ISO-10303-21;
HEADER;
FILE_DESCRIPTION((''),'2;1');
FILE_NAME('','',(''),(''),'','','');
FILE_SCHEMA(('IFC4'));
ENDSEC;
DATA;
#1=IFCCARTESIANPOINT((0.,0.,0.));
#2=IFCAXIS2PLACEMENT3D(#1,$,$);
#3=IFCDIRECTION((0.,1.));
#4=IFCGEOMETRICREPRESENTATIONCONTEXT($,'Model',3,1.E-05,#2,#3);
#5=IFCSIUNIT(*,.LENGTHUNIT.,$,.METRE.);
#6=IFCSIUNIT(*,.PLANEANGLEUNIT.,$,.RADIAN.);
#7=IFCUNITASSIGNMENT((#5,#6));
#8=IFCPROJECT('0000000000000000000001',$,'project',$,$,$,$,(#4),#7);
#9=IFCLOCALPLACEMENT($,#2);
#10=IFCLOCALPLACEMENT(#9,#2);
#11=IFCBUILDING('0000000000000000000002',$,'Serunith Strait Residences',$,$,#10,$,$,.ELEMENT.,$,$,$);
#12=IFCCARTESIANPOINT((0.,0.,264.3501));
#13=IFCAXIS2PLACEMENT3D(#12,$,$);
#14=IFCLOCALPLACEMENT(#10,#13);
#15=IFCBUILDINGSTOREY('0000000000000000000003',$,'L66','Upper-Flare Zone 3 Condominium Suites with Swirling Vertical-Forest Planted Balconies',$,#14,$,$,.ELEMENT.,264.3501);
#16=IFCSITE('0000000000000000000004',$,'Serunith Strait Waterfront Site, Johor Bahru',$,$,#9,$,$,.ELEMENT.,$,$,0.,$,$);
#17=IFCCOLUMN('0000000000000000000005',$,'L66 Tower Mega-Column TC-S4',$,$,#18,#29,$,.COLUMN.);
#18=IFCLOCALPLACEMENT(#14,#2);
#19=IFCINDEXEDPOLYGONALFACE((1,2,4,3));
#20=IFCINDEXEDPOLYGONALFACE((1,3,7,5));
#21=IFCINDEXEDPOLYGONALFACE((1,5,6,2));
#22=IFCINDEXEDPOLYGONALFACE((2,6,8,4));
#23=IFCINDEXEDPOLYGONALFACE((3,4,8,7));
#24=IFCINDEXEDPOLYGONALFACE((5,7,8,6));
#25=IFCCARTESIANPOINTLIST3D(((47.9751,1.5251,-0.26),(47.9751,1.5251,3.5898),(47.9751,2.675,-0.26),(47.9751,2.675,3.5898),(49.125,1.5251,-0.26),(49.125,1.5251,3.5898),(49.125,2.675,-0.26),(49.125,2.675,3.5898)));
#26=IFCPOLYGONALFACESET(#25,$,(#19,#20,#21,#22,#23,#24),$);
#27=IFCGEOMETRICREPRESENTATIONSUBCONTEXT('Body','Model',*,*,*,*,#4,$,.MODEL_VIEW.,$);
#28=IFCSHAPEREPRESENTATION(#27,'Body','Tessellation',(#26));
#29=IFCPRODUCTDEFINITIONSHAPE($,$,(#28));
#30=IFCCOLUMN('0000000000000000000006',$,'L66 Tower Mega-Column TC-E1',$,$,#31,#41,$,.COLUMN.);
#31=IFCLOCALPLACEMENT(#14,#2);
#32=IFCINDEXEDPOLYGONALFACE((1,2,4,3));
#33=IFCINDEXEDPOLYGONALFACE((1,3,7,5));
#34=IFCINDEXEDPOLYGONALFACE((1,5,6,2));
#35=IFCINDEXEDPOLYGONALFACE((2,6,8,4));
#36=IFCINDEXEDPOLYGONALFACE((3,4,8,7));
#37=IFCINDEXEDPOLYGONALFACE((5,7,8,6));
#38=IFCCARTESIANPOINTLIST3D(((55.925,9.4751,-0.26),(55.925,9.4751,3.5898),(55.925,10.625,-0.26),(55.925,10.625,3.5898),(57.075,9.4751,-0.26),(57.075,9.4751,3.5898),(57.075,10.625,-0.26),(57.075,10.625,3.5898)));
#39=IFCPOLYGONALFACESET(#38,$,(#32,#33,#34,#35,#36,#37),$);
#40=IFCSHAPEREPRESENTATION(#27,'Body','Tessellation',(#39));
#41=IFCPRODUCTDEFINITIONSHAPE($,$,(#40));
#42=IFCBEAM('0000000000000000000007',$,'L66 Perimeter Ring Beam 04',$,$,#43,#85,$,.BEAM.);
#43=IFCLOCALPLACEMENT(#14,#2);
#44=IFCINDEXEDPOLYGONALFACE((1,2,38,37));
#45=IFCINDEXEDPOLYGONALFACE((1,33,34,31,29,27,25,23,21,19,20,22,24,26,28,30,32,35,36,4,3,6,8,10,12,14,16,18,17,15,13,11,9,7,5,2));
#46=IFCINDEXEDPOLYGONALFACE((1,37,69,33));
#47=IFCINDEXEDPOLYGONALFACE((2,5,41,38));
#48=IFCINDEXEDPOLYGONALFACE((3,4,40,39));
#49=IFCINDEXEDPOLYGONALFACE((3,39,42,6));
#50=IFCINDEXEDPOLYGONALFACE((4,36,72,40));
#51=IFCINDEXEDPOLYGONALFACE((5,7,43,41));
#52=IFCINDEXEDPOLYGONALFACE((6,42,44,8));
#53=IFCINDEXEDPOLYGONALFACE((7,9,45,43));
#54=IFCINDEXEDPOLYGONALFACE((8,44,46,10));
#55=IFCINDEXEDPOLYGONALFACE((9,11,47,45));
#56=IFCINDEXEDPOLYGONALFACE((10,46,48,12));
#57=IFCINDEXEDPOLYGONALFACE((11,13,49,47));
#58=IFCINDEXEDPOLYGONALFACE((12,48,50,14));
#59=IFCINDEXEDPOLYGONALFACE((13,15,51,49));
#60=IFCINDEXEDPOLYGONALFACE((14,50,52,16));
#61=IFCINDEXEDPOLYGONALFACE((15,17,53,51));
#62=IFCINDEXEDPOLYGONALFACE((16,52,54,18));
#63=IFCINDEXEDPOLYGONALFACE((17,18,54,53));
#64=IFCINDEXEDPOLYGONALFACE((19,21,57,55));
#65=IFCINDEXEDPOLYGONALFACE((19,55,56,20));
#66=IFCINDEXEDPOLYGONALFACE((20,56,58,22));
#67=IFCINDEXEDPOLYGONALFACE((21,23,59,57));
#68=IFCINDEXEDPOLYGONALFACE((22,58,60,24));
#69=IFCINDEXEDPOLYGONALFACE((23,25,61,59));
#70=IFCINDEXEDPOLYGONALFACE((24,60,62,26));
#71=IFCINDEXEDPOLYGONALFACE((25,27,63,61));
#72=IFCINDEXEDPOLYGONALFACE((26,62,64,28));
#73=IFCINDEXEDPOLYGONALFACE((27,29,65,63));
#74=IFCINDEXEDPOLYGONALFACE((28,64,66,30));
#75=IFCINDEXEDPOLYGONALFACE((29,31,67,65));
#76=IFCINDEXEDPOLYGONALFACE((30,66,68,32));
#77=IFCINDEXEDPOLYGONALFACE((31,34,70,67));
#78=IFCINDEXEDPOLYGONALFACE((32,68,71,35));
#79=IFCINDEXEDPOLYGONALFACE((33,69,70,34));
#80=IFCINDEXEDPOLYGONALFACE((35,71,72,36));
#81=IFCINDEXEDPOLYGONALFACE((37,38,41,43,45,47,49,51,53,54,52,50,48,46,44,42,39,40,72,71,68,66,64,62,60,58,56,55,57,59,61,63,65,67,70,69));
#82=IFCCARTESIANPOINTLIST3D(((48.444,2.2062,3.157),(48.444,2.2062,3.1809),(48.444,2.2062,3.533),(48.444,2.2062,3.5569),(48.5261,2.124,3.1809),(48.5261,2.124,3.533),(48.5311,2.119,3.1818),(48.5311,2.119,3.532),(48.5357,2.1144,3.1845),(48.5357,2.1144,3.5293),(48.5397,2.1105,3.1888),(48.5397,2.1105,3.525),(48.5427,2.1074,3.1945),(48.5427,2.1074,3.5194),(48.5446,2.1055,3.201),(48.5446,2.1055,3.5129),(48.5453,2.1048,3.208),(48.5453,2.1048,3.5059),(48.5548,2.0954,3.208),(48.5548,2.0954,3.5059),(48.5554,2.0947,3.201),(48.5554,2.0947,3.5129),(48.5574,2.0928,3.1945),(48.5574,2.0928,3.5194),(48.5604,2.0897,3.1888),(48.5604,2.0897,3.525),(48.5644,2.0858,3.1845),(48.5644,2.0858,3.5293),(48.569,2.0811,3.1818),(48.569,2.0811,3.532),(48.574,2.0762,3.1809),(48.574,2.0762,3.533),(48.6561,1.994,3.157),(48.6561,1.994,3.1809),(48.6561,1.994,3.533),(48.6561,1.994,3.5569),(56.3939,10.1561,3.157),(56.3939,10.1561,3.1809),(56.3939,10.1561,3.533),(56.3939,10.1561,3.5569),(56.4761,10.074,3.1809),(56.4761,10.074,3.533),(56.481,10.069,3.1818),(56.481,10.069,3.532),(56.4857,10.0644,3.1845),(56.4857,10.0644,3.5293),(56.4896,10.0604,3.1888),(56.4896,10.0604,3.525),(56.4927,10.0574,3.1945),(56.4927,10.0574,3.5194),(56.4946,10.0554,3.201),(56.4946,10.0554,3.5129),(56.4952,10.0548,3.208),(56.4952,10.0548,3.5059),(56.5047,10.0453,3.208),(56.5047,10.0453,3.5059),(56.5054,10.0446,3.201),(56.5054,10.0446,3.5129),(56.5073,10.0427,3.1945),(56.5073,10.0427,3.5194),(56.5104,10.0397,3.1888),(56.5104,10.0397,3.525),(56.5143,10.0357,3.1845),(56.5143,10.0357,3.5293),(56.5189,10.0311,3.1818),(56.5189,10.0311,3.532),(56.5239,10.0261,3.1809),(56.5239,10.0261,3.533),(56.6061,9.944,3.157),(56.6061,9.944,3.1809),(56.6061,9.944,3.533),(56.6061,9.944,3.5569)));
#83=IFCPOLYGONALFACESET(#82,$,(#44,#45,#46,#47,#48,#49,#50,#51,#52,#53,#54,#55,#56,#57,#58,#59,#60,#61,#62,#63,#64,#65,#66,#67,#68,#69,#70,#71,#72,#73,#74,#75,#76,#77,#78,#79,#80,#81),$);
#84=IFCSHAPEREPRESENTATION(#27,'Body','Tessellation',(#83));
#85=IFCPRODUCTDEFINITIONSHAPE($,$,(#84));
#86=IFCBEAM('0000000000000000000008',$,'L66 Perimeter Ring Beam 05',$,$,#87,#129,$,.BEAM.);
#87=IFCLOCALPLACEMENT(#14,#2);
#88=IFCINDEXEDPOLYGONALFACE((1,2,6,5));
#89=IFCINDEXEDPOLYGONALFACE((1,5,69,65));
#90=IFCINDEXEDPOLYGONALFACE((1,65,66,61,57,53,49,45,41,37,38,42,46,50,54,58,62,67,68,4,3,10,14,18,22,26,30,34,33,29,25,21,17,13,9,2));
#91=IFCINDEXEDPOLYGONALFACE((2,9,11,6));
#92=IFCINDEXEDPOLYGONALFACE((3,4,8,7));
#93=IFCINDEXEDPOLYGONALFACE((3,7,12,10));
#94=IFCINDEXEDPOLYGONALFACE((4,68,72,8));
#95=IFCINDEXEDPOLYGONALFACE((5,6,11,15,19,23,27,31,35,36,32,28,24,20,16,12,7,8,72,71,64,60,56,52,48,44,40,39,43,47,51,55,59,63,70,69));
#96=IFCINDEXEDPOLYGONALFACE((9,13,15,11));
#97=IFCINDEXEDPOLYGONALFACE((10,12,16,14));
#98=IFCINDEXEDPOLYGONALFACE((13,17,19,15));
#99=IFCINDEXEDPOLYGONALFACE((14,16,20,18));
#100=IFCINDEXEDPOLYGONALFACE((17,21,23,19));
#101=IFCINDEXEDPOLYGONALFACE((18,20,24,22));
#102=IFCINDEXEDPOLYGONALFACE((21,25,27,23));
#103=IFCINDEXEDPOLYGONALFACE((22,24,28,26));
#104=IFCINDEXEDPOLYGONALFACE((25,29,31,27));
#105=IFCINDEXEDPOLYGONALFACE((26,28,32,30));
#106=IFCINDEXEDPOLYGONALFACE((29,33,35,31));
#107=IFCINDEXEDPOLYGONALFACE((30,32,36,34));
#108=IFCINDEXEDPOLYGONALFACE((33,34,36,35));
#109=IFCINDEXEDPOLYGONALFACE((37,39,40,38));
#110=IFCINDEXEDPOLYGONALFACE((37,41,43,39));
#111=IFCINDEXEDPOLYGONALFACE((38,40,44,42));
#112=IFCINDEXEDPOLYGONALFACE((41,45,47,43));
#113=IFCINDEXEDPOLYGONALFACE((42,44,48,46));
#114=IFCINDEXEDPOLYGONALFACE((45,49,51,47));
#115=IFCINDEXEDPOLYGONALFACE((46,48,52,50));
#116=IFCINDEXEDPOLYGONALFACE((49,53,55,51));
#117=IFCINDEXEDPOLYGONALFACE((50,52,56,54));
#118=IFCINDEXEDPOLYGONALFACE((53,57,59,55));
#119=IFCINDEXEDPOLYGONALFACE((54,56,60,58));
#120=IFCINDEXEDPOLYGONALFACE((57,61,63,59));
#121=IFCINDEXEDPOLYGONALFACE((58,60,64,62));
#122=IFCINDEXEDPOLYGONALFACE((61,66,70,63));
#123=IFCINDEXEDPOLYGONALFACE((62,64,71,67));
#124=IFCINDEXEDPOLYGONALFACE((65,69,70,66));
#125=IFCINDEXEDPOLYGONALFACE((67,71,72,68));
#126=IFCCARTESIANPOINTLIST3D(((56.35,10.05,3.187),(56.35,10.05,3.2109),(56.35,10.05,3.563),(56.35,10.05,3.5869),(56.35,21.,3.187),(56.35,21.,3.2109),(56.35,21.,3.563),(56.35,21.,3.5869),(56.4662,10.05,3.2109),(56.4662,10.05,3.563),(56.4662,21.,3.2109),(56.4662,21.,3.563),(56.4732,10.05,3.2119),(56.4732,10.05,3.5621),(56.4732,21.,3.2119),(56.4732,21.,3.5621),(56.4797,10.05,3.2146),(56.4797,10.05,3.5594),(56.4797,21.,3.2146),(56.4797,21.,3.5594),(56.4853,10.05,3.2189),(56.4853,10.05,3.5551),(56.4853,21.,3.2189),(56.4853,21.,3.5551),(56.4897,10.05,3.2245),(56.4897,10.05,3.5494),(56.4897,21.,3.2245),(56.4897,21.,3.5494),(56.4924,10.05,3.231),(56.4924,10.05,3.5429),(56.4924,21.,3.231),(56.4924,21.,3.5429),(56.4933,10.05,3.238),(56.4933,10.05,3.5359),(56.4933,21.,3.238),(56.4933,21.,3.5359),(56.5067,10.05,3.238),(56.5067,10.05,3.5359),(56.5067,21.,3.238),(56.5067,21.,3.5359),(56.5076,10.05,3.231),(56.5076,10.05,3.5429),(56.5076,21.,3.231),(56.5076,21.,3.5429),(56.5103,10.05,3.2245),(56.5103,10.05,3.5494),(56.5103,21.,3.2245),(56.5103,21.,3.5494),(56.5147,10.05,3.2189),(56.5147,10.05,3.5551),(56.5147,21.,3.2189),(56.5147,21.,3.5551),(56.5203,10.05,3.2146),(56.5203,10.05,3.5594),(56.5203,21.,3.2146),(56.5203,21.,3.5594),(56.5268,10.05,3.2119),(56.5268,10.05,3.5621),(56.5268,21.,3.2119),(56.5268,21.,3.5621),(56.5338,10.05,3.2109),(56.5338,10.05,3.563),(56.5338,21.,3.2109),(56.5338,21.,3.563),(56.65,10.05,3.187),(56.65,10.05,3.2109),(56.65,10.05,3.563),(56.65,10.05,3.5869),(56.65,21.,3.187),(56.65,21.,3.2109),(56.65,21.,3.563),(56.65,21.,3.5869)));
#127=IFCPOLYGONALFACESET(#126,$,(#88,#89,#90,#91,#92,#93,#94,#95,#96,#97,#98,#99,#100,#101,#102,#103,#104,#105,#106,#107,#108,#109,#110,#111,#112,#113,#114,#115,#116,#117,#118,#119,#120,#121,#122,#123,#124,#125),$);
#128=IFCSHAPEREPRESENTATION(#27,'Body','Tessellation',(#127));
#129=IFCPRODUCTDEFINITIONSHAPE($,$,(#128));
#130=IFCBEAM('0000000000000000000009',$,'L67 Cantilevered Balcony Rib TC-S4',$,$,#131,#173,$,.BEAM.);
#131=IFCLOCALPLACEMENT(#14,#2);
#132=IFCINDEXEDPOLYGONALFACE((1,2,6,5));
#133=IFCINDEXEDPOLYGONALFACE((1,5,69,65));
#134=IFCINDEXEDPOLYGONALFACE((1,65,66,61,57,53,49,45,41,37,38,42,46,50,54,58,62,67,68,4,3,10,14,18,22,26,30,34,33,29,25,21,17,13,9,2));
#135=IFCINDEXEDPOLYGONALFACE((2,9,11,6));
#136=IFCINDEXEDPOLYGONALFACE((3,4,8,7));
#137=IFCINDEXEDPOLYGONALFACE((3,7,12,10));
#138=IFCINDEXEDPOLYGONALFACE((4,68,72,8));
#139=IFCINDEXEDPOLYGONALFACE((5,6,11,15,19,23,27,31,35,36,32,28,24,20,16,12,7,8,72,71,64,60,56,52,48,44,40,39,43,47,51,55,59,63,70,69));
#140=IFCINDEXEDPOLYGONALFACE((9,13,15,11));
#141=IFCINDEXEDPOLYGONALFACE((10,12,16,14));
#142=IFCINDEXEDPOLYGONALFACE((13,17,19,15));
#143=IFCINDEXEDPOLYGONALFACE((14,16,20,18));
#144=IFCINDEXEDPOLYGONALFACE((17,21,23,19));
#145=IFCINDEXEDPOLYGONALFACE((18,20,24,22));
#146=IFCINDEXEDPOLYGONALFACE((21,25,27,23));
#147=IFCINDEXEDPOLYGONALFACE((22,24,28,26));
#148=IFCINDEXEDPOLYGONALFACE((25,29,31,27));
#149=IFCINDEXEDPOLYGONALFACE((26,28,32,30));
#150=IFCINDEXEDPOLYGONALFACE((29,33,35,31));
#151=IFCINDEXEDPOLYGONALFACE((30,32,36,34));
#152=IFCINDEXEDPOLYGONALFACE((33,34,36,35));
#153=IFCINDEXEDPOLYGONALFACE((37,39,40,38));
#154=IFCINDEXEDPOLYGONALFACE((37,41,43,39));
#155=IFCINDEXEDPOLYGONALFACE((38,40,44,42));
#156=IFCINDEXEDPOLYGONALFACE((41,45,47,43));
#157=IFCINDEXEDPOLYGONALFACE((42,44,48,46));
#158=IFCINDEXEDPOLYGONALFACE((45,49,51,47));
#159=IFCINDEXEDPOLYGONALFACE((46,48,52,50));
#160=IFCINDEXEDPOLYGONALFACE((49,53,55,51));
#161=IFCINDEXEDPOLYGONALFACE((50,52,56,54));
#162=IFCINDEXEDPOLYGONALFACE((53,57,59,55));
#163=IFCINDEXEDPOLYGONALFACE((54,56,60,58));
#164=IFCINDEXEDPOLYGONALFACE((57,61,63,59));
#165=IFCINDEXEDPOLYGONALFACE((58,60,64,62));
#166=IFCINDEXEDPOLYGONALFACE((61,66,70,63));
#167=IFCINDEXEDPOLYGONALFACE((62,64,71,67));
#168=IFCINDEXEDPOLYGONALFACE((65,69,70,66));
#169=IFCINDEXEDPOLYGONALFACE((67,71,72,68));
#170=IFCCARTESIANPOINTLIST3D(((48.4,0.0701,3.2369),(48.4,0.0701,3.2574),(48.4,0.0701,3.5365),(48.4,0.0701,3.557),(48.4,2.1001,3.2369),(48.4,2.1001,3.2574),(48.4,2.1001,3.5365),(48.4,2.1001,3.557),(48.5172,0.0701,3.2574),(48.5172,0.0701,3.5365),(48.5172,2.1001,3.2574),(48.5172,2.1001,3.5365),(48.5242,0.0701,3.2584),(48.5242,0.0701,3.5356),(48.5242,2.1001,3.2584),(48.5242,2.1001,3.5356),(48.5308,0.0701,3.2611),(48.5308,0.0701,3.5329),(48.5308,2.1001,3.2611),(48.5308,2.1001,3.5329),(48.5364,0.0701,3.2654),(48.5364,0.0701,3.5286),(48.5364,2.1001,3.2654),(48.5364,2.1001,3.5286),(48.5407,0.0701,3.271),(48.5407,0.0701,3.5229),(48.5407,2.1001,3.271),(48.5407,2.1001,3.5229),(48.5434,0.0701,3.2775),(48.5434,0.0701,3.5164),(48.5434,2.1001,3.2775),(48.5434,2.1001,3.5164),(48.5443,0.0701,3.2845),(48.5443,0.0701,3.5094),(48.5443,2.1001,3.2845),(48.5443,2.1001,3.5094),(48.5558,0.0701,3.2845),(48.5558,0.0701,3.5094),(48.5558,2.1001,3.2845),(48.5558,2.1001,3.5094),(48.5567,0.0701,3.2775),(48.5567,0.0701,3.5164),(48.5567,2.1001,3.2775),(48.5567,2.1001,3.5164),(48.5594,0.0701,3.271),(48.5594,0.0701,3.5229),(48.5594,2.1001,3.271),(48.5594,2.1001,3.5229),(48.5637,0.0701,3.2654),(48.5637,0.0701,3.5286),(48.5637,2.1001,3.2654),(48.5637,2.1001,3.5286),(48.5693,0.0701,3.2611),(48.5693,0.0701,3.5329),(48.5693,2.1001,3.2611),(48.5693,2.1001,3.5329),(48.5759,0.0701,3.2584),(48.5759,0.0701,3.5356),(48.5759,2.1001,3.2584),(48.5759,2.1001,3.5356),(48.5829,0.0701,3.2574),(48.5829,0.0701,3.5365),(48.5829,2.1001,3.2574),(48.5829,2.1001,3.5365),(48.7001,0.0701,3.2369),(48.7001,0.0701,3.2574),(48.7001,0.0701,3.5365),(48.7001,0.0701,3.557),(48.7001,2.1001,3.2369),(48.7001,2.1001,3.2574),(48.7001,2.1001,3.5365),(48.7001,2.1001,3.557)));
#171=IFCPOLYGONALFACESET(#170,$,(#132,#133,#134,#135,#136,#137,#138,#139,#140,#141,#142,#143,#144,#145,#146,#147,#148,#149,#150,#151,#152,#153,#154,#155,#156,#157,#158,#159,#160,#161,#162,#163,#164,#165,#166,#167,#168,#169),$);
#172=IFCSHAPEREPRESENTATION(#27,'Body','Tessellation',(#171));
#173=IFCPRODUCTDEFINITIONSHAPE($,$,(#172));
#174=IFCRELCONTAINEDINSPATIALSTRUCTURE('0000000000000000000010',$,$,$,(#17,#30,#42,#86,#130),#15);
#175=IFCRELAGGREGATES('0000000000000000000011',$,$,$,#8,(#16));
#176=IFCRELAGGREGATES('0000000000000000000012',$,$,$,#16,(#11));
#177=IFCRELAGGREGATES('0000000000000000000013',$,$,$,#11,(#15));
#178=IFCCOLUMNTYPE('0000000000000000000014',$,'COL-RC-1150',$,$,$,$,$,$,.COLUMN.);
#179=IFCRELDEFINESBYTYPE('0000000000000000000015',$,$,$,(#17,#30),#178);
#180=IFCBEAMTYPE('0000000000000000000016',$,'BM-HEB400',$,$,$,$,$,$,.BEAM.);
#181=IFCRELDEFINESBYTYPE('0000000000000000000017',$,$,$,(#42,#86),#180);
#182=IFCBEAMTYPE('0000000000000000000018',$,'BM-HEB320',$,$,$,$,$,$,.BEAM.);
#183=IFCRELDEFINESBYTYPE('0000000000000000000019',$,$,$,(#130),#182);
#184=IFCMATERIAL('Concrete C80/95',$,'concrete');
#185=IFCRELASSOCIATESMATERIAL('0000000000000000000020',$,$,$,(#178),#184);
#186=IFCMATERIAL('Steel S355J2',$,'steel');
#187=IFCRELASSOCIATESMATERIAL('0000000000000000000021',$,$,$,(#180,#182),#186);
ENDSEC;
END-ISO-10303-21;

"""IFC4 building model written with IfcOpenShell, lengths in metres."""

from ifc_helpers import new_model, si_unit, direction, frame, origin, origin_2d, place, context, subcontext, project, spatial, rectangle, i_section, extrude, source, transform, mapped, material, material_profile, profile_set, type_object, element, save


model = new_model("IFC4")

# Units and contexts
model_context = context("Model", 3, precision=1e-05, world=origin(), true_north=direction((0.0, 1.0)))
body_context = subcontext(model_context, "Body", "Model", "MODEL_VIEW")
ifc_project = project(units=[si_unit("LENGTHUNIT", "METRE"), si_unit("PLANEANGLEUNIT", "RADIAN")], contexts=[model_context])

# Site, building, storey
site_placement = place(None, origin())
site = spatial("IfcSite", under=ifc_project, at=site_placement, Name="Serunith Strait Waterfront Site, Johor Bahru", CompositionType="ELEMENT", RefElevation=0.0)
building_placement = place(site_placement, origin())
building = spatial("IfcBuilding", under=site, at=building_placement, Name="Serunith Strait Residences", CompositionType="ELEMENT")
storey_placement = place(building_placement, frame((0.0, 0.0, 264.3501)))
storey = spatial("IfcBuildingStorey", under=building, at=storey_placement, Name="L66", Description="Upper-Flare Zone 3 Condominium Suites with Swirling Vertical-Forest Planted Balconies", CompositionType="ELEMENT", Elevation=264.3501)

# Columns
ifc_material_1 = material(Name="Concrete C80/95", Category="concrete")
ifc_material_profile_1 = material_profile(ifc_material_1, rectangle(XDim=1.1499, YDim=1.1499, at=origin_2d()), Name="RC 1150x1150")
ifc_profile_set_1 = profile_set([ifc_material_profile_1], Name="Concrete C80/95")
column_type = type_object("IfcColumnType", Name="COL-RC-1150", PredefinedType="COLUMN", material=ifc_profile_set_1)
shared_shape_1 = source(origin(), body_context, "Body", "SweptSolid", [
    extrude(rectangle(XDim=1.1499, YDim=1.1499, at=origin_2d()), origin(), (0.0, 0.0, 1.0), 3.8499),
])
for number, where, z_axis, x_axis, name in (
    (1, (48.55, 2.1001, -0.26), (0.0, 0.0, 1.0), (1.0, 0.0, 0.0), "L66 Tower Mega-Column TC-S4"),
    (2, (56.5, 10.05, -0.26), (0.0, 0.0, 1.0), (1.0, 0.0, 0.0), "L66 Tower Mega-Column TC-E1"),
):
    element("IfcColumn", number, at=place(storey_placement, frame(where, z_axis=z_axis, x_axis=x_axis)), inside=storey, type_object=column_type, Name=name, PredefinedType="COLUMN", context=body_context, shape_type="MappedRepresentation", body=[
        mapped(shared_shape_1, transform((0.0, 0.0, 0.0), scale=1.0)),
    ])

# Beams
ifc_material_2 = material(Name="Steel S355J2", Category="steel")
ifc_material_profile_2 = material_profile(ifc_material_2, i_section(OverallWidth=0.3, OverallDepth=0.3999, WebThickness=0.0134, FlangeThickness=0.0239, FilletRadius=0.0271, at=origin_2d()), Name="HEB 400")
ifc_profile_set_2 = profile_set([ifc_material_profile_2], Name="Steel S355J2")
beam_type_1 = type_object("IfcBeamType", Name="BM-HEB400", PredefinedType="BEAM", material=ifc_profile_set_2)
shared_shape_2 = source(origin(), body_context, "Body", "SweptSolid", [
    extrude(i_section(OverallWidth=0.3, OverallDepth=0.3999, WebThickness=0.0134, FlangeThickness=0.0239, FilletRadius=0.0271, at=origin_2d()), origin(), (0.0, 0.0, 1.0), 11.2429),
])
beam_1_placement = place(storey_placement, frame((48.55, 2.1001, 3.3569), z_axis=(0.707107, 0.707107, 0.0), x_axis=(-0.707107, 0.707107, 0.0)))
element("IfcBeam", 3, at=beam_1_placement, inside=storey, type_object=beam_type_1, Name="L66 Perimeter Ring Beam 04", PredefinedType="BEAM", context=body_context, shape_type="MappedRepresentation", body=[
    mapped(shared_shape_2, transform((0.0, 0.0, 0.0), scale=1.0)),
])
shared_shape_3 = source(origin(), body_context, "Body", "SweptSolid", [
    extrude(i_section(OverallWidth=0.3, OverallDepth=0.3999, WebThickness=0.0134, FlangeThickness=0.0239, FilletRadius=0.0271, at=origin_2d()), origin(), (0.0, 0.0, 1.0), 10.95),
])
beam_2_placement = place(storey_placement, frame((56.5, 10.05, 3.387), z_axis=(0.0, 1.0, 0.0), x_axis=(-1.0, 0.0, 0.0)))
element("IfcBeam", 4, at=beam_2_placement, inside=storey, type_object=beam_type_1, Name="L66 Perimeter Ring Beam 05", PredefinedType="BEAM", context=body_context, shape_type="MappedRepresentation", body=[
    mapped(shared_shape_3, transform((0.0, 0.0, 0.0), scale=1.0)),
])
ifc_material_profile_3 = material_profile(ifc_material_2, i_section(OverallWidth=0.3, OverallDepth=0.3201, WebThickness=0.0115, FlangeThickness=0.0205, FilletRadius=0.0271, at=origin_2d()), Name="HEB 320")
ifc_profile_set_3 = profile_set([ifc_material_profile_3], Name="Steel S355J2")
beam_type_2 = type_object("IfcBeamType", Name="BM-HEB320", PredefinedType="BEAM", material=ifc_profile_set_3)
shared_shape_4 = source(origin(), body_context, "Body", "SweptSolid", [
    extrude(i_section(OverallWidth=0.3, OverallDepth=0.3201, WebThickness=0.0115, FlangeThickness=0.0205, FilletRadius=0.0271, at=origin_2d()), origin(), (0.0, 0.0, 1.0), 2.03),
])
for number, where, z_axis, x_axis, name in (
    (5, (48.55, 2.1001, 3.397), (0.0, -1.0, 0.0), (1.0, 0.0, 0.0), "L67 Cantilevered Balcony Rib TC-S4"),
):
    element("IfcBeam", number, at=place(storey_placement, frame(where, z_axis=z_axis, x_axis=x_axis)), inside=storey, type_object=beam_type_2, Name=name, PredefinedType="BEAM", context=body_context, shape_type="MappedRepresentation", body=[
        mapped(shared_shape_4, transform((0.0, 0.0, 0.0), scale=1.0)),
    ])

save(model, "model.ifc")
